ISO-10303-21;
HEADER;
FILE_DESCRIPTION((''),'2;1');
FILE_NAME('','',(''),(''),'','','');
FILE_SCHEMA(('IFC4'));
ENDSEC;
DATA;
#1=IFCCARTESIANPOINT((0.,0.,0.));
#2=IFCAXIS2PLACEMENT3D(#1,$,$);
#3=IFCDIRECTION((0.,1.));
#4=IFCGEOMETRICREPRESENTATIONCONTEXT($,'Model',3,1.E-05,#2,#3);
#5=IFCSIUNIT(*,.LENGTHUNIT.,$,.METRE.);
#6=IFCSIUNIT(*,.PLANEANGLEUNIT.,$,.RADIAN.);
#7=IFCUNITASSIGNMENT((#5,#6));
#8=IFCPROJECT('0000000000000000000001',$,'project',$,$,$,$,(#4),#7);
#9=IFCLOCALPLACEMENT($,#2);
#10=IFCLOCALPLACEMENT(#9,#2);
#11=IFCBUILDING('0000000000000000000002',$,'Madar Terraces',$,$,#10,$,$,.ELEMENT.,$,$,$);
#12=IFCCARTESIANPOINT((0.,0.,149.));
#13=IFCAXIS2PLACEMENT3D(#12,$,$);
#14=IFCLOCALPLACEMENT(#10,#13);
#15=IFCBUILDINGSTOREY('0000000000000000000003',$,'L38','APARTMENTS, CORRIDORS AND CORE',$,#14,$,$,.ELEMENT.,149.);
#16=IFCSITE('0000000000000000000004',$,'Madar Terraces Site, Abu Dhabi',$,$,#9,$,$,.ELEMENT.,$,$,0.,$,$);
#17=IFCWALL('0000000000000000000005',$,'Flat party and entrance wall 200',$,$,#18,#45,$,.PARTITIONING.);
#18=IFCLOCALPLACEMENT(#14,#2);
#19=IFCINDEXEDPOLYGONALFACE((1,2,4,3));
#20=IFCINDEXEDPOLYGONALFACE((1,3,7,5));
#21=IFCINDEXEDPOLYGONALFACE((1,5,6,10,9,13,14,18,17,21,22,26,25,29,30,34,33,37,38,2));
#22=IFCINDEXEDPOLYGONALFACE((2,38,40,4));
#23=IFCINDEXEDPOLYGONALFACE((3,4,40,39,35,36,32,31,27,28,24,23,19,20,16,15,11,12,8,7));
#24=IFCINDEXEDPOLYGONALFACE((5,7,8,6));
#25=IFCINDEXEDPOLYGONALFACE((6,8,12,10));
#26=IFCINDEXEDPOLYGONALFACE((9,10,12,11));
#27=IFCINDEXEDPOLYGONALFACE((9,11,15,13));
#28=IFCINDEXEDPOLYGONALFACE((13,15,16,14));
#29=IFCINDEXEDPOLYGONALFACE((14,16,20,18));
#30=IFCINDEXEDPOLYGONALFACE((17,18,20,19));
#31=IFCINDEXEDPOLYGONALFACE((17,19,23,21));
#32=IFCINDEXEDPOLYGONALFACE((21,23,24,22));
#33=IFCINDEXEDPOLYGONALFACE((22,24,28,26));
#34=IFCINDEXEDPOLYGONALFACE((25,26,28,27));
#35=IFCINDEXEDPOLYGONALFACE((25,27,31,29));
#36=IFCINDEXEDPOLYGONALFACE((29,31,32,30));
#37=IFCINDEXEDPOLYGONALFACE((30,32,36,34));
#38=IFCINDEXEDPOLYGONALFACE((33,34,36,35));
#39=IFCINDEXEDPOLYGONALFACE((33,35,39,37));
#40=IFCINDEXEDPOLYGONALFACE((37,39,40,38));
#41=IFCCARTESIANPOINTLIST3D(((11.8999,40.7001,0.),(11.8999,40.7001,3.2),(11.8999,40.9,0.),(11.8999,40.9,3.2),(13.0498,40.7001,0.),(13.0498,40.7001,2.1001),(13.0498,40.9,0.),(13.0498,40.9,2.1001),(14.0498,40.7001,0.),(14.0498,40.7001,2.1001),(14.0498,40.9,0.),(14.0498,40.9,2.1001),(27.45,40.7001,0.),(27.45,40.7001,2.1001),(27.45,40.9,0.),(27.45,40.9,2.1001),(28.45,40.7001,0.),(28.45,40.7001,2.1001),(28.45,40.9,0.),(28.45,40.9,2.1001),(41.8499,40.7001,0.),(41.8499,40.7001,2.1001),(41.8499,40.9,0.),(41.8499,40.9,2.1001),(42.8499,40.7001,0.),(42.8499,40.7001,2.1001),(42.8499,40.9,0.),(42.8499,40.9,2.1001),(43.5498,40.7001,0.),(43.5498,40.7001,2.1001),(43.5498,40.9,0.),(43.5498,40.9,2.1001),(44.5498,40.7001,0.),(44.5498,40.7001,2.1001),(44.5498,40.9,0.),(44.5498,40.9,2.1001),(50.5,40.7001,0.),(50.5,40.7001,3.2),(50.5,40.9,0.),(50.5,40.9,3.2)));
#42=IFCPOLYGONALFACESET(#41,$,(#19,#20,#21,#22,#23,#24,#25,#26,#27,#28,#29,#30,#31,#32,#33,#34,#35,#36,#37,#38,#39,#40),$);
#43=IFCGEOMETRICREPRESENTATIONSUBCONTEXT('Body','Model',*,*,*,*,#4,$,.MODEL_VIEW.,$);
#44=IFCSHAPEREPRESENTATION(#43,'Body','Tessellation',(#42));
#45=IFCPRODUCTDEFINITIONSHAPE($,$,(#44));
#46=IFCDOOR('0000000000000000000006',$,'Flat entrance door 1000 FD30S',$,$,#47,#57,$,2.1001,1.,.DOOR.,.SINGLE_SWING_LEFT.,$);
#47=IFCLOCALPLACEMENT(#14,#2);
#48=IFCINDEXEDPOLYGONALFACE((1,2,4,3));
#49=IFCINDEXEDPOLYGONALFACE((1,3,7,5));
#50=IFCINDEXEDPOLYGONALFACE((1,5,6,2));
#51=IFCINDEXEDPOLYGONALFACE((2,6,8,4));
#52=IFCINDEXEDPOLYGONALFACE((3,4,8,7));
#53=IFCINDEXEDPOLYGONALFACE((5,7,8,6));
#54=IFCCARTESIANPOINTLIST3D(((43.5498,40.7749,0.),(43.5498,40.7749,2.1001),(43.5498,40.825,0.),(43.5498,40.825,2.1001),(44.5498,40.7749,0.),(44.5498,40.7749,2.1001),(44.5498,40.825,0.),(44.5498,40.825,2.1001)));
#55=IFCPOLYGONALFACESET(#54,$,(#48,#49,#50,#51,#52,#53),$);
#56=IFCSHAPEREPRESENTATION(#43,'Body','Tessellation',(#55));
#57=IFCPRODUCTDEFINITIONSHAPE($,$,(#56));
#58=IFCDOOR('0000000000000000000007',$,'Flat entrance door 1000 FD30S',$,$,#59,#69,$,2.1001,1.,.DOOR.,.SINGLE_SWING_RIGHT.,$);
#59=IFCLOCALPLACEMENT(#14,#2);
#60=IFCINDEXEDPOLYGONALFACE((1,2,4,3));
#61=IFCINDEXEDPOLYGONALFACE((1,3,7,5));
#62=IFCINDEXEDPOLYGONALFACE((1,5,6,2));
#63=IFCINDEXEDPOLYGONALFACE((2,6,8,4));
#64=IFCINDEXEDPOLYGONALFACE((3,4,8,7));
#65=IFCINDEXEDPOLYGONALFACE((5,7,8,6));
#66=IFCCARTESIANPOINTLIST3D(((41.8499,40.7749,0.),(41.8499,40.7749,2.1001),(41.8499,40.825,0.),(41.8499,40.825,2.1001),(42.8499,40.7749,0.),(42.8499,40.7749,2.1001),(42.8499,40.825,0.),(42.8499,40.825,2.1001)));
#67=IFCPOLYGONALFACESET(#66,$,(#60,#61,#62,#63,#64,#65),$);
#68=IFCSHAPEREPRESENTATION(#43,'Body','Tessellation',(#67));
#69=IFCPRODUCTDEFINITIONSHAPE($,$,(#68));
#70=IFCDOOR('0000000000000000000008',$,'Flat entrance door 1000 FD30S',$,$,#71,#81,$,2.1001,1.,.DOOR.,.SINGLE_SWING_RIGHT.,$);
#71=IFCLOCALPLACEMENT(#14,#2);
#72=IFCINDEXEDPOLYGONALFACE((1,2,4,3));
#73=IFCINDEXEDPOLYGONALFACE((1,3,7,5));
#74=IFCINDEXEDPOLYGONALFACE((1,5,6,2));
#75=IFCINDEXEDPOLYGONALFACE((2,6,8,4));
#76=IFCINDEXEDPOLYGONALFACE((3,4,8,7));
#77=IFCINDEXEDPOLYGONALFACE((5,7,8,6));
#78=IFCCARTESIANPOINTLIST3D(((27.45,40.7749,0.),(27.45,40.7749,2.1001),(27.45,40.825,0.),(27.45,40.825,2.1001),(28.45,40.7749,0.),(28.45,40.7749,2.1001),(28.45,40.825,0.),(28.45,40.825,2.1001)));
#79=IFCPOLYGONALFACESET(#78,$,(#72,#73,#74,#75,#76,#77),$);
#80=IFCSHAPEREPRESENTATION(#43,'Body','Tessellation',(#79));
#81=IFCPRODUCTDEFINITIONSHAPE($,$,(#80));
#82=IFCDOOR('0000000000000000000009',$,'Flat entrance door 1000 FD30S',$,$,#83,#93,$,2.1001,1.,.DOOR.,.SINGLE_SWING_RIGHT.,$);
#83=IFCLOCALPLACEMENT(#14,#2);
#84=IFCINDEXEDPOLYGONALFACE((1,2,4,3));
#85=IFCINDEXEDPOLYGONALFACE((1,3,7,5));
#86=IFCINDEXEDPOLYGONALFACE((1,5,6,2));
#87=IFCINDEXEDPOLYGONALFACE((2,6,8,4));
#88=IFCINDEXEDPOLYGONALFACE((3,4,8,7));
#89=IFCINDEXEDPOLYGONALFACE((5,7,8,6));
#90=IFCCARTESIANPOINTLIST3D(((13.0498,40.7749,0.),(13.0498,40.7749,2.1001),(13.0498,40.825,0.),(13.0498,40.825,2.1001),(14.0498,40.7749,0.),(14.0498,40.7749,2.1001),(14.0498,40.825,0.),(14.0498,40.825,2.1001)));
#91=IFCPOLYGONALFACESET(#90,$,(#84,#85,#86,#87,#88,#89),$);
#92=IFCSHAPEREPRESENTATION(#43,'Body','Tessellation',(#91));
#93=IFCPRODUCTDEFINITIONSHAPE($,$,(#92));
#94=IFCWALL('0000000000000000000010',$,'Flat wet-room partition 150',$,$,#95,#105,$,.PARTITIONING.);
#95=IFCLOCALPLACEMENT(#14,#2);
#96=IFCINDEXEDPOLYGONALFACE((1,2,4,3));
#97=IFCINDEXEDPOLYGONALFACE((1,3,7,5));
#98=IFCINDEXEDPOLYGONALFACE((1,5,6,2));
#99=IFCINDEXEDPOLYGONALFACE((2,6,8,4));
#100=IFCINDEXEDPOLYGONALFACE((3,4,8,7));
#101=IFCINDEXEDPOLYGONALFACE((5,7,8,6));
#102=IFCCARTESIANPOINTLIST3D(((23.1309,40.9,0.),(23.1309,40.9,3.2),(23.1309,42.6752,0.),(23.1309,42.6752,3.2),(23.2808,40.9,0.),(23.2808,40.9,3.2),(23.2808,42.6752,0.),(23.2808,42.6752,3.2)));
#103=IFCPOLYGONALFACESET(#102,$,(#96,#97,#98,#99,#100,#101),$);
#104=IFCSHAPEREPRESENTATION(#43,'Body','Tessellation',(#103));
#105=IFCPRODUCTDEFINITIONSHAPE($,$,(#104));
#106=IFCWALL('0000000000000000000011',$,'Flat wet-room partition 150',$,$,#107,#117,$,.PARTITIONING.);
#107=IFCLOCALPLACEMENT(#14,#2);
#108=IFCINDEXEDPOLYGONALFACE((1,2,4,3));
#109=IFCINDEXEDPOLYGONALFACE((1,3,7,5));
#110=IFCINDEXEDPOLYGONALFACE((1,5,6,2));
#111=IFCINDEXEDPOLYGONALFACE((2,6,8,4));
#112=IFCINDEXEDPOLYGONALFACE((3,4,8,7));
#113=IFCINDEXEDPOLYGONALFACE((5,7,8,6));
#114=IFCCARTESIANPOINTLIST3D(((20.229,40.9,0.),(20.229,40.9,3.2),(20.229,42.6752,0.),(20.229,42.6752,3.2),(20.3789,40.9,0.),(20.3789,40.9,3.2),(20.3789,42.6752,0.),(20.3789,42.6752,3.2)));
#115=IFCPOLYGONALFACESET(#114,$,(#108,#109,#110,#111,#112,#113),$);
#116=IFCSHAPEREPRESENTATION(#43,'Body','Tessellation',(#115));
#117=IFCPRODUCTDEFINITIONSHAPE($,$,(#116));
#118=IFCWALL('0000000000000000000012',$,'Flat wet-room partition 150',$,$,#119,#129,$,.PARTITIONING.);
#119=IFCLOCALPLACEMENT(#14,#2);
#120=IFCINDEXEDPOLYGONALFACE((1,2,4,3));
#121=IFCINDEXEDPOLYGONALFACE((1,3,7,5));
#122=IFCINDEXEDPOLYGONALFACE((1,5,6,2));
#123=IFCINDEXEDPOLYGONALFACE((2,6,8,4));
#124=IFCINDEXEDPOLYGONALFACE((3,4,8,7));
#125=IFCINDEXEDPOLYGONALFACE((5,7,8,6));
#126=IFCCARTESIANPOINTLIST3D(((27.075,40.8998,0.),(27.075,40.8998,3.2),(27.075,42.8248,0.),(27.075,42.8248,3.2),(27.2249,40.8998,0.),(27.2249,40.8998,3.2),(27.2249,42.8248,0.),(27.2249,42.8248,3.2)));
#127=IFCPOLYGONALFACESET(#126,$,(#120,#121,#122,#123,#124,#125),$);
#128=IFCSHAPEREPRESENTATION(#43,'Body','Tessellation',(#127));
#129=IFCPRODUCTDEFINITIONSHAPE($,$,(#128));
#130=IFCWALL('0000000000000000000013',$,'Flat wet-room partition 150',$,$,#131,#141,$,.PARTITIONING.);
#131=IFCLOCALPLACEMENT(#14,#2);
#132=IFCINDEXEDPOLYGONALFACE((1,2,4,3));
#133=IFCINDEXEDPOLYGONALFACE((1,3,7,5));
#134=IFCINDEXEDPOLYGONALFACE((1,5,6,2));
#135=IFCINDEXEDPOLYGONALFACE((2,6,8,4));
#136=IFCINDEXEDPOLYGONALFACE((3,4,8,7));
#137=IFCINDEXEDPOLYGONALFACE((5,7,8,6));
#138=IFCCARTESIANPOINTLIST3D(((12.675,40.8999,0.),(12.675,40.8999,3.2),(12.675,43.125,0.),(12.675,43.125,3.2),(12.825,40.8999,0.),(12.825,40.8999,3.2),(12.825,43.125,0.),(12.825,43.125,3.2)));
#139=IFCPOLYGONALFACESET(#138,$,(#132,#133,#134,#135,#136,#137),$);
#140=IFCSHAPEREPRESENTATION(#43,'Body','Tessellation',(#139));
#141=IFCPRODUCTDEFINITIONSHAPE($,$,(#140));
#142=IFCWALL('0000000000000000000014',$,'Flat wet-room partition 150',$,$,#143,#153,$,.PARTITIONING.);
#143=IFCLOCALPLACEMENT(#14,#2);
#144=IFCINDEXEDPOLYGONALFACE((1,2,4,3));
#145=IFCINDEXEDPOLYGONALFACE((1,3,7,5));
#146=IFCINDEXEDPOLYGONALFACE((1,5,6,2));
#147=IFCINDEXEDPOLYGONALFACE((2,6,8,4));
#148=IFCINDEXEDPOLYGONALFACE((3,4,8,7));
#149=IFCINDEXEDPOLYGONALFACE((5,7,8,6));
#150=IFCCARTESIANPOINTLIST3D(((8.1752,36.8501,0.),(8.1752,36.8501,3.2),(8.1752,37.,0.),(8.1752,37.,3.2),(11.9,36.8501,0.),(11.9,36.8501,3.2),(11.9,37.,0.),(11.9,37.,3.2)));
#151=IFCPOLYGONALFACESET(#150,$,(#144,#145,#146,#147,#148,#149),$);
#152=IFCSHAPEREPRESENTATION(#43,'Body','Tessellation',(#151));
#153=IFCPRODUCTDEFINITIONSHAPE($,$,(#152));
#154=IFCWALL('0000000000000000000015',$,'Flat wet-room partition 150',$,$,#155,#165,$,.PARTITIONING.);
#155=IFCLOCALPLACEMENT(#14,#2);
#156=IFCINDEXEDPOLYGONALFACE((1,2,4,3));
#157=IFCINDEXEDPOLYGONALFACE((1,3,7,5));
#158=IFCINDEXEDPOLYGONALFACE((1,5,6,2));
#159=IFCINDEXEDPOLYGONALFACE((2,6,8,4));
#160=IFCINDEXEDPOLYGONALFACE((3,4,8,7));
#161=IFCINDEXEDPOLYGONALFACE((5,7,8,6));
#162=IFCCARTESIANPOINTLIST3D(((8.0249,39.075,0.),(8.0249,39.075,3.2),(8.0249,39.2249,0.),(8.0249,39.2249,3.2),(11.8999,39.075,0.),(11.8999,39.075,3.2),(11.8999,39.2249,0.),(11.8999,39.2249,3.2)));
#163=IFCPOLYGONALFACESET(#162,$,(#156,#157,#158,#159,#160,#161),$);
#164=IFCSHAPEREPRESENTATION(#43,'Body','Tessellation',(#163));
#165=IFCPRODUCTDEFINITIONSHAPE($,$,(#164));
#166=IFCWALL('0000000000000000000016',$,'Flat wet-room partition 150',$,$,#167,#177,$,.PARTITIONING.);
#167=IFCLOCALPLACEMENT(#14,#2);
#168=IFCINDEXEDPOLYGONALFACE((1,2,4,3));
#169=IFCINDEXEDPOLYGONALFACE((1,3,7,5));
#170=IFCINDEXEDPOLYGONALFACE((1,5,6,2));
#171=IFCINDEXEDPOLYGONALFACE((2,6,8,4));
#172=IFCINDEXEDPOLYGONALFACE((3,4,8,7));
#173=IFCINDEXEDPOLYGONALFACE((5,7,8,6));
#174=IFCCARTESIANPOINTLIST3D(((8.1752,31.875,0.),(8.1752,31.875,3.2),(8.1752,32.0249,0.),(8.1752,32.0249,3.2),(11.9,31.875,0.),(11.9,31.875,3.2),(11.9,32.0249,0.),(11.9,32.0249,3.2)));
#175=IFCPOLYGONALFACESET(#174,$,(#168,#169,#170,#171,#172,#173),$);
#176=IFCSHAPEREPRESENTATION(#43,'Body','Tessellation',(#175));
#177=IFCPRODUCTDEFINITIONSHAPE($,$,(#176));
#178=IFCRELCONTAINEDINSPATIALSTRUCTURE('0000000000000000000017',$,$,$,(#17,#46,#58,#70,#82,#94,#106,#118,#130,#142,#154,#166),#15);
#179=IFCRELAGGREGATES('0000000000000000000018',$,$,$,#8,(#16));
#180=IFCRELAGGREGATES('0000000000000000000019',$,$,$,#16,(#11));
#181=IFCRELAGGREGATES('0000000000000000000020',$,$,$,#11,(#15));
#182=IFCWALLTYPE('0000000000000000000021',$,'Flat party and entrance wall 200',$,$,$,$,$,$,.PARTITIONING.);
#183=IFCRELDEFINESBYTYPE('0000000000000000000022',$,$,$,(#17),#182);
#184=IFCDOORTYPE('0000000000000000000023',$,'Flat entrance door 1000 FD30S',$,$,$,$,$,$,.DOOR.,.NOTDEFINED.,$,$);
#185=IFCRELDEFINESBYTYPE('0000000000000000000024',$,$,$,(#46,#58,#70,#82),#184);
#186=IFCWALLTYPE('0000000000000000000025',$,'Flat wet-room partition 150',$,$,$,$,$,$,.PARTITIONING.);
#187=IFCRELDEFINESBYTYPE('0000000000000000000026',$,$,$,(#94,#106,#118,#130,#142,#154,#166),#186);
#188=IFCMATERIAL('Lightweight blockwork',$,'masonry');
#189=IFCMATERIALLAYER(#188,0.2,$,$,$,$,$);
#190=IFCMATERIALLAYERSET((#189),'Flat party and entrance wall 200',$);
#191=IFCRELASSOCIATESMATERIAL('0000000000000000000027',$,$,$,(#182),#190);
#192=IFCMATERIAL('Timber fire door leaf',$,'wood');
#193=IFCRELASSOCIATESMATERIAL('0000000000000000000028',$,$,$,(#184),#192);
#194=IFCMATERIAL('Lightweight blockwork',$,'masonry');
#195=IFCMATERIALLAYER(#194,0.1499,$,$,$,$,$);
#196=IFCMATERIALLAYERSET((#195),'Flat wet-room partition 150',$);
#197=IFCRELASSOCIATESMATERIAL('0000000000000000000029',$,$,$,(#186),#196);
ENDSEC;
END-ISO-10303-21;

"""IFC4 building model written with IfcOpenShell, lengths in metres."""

from ifc_helpers import new_model, si_unit, direction, frame, frame_2d, origin, place, context, subcontext, project, spatial, rectangle, extrude, material, layer, layer_set, type_object, element, fill, save


model = new_model("IFC4")

# Units and contexts
model_context = context("Model", 3, precision=1e-05, world=origin(), true_north=direction((0.0, 1.0)))
body_context = subcontext(model_context, "Body", "Model", "MODEL_VIEW")
ifc_project = project(units=[si_unit("LENGTHUNIT", "METRE"), si_unit("PLANEANGLEUNIT", "RADIAN")], contexts=[model_context])

# Site, building, storey
site_placement = place(None, origin())
site = spatial("IfcSite", under=ifc_project, at=site_placement, Name="Madar Terraces Site, Abu Dhabi", CompositionType="ELEMENT", RefElevation=0.0)
building_placement = place(site_placement, origin())
building = spatial("IfcBuilding", under=site, at=building_placement, Name="Madar Terraces", CompositionType="ELEMENT")
storey_placement = place(building_placement, frame((0.0, 0.0, 149.0)))
storey = spatial("IfcBuildingStorey", under=building, at=storey_placement, Name="L38", Description="APARTMENTS, CORRIDORS AND CORE", CompositionType="ELEMENT", Elevation=149.0)

# Wall, openings, doors
ifc_material_1 = material(Name="Lightweight blockwork", Category="masonry")
ifc_layer_1 = layer(ifc_material_1, 0.2)
ifc_layer_set_1 = layer_set([ifc_layer_1], Name="Flat party and entrance wall 200")
wall_type_1 = type_object("IfcWallType", Name="Flat party and entrance wall 200", PredefinedType="PARTITIONING", material=ifc_layer_set_1)
wall_1_placement = place(storey_placement, frame((11.8999, 40.8, 0.0), z_axis=(0.0, 0.0, 1.0), x_axis=(1.0, 0.0, 0.0)))
wall_1 = element("IfcWall", 1, at=wall_1_placement, inside=storey, type_object=wall_type_1, Name="Flat party and entrance wall 200", PredefinedType="PARTITIONING", context=body_context, shape_type="SweptSolid", body=[
    extrude(rectangle(XDim=38.6001, YDim=0.2, at=frame_2d((19.3, 0.0))), origin(), (0.0, 0.0, 1.0), 3.2),
])
opening_1_placement = place(wall_1_placement, frame((31.6499, 0.0, 0.0)))
opening_1 = element("IfcOpeningElement", 2, at=opening_1_placement, cuts=wall_1, PredefinedType="OPENING", context=body_context, shape_type="SweptSolid", body=[
    extrude(rectangle(XDim=1.0, YDim=2.1001, at=frame_2d((0.5, 1.05))), frame((0.0, 0.1099, 0.0), z_axis=(0.0, -1.0, 0.0), x_axis=(1.0, 0.0, 0.0)), (0.0, 0.0, 1.0), 0.22),
])
opening_2_placement = place(wall_1_placement, frame((29.95, 0.0, 0.0)))
opening_2 = element("IfcOpeningElement", 3, at=opening_2_placement, cuts=wall_1, PredefinedType="OPENING", context=body_context, shape_type="SweptSolid", body=[
    extrude(rectangle(XDim=1.0, YDim=2.1001, at=frame_2d((0.5, 1.05))), frame((0.0, 0.1099, 0.0), z_axis=(0.0, -1.0, 0.0), x_axis=(1.0, 0.0, 0.0)), (0.0, 0.0, 1.0), 0.22),
])
opening_3_placement = place(wall_1_placement, frame((15.55, 0.0, 0.0)))
opening_3 = element("IfcOpeningElement", 4, at=opening_3_placement, cuts=wall_1, PredefinedType="OPENING", context=body_context, shape_type="SweptSolid", body=[
    extrude(rectangle(XDim=1.0, YDim=2.1001, at=frame_2d((0.5, 1.05))), frame((0.0, 0.1099, 0.0), z_axis=(0.0, -1.0, 0.0), x_axis=(1.0, 0.0, 0.0)), (0.0, 0.0, 1.0), 0.22),
])
opening_4_placement = place(wall_1_placement, frame((1.1499, 0.0, 0.0)))
opening_4 = element("IfcOpeningElement", 5, at=opening_4_placement, cuts=wall_1, PredefinedType="OPENING", context=body_context, shape_type="SweptSolid", body=[
    extrude(rectangle(XDim=1.0, YDim=2.1001, at=frame_2d((0.5, 1.05))), frame((0.0, 0.1099, 0.0), z_axis=(0.0, -1.0, 0.0), x_axis=(1.0, 0.0, 0.0)), (0.0, 0.0, 1.0), 0.22),
])
ifc_material_2 = material(Name="Timber fire door leaf", Category="wood")
door_type_1 = type_object("IfcDoorType", Name="Flat entrance door 1000 FD30S", OperationType="NOTDEFINED", PredefinedType="DOOR", material=ifc_material_2)
door_1_placement = place(opening_1_placement, origin())
door_1 = element("IfcDoor", 6, at=door_1_placement, inside=storey, type_object=door_type_1, Name="Flat entrance door 1000 FD30S", OperationType="SINGLE_SWING_LEFT", OverallHeight=2.1001, OverallWidth=1.0, PredefinedType="DOOR", context=body_context, shape_type="SweptSolid", body=[
    extrude(rectangle(XDim=1.0, YDim=2.1001, at=frame_2d((0.5, 1.05))), frame((0.0, 0.0249, 0.0), z_axis=(0.0, -1.0, 0.0), x_axis=(1.0, 0.0, 0.0)), (0.0, 0.0, 1.0), 0.05),
])
fill(opening_1, door_1)
door_2_placement = place(opening_2_placement, origin())
door_2 = element("IfcDoor", 7, at=door_2_placement, inside=storey, type_object=door_type_1, Name="Flat entrance door 1000 FD30S", OperationType="SINGLE_SWING_RIGHT", OverallHeight=2.1001, OverallWidth=1.0, PredefinedType="DOOR", context=body_context, shape_type="SweptSolid", body=[
    extrude(rectangle(XDim=1.0, YDim=2.1001, at=frame_2d((0.5, 1.05))), frame((0.0, 0.0249, 0.0), z_axis=(0.0, -1.0, 0.0), x_axis=(1.0, 0.0, 0.0)), (0.0, 0.0, 1.0), 0.05),
])
fill(opening_2, door_2)
door_3_placement = place(opening_3_placement, origin())
door_3 = element("IfcDoor", 8, at=door_3_placement, inside=storey, type_object=door_type_1, Name="Flat entrance door 1000 FD30S", OperationType="SINGLE_SWING_RIGHT", OverallHeight=2.1001, OverallWidth=1.0, PredefinedType="DOOR", context=body_context, shape_type="SweptSolid", body=[
    extrude(rectangle(XDim=1.0, YDim=2.1001, at=frame_2d((0.5, 1.05))), frame((0.0, 0.0249, 0.0), z_axis=(0.0, -1.0, 0.0), x_axis=(1.0, 0.0, 0.0)), (0.0, 0.0, 1.0), 0.05),
])
fill(opening_3, door_3)
door_4_placement = place(opening_4_placement, origin())
door_4 = element("IfcDoor", 9, at=door_4_placement, inside=storey, type_object=door_type_1, Name="Flat entrance door 1000 FD30S", OperationType="SINGLE_SWING_RIGHT", OverallHeight=2.1001, OverallWidth=1.0, PredefinedType="DOOR", context=body_context, shape_type="SweptSolid", body=[
    extrude(rectangle(XDim=1.0, YDim=2.1001, at=frame_2d((0.5, 1.05))), frame((0.0, 0.0249, 0.0), z_axis=(0.0, -1.0, 0.0), x_axis=(1.0, 0.0, 0.0)), (0.0, 0.0, 1.0), 0.05),
])
fill(opening_4, door_4)

# Walls
ifc_material_3 = material(Name="Lightweight blockwork", Category="masonry")
ifc_layer_2 = layer(ifc_material_3, 0.1499)
ifc_layer_set_2 = layer_set([ifc_layer_2], Name="Flat wet-room partition 150")
wall_type_2 = type_object("IfcWallType", Name="Flat wet-room partition 150", PredefinedType="PARTITIONING", material=ifc_layer_set_2)
for number, where, z_axis, x_axis, name in (
    (10, (23.2058, 40.8999, 0.0), (0.0, 0.0, 1.0), (0.0, 1.0, 0.0), "Flat wet-room partition 150"),
    (11, (20.304, 40.8999, 0.0), (0.0, 0.0, 1.0), (0.0, 1.0, 0.0), "Flat wet-room partition 150"),
):
    element("IfcWall", number, at=place(storey_placement, frame(where, z_axis=z_axis, x_axis=x_axis)), inside=storey, type_object=wall_type_2, Name=name, PredefinedType="PARTITIONING", context=body_context, shape_type="SweptSolid", body=[
        extrude(rectangle(XDim=1.7751, YDim=0.1499, at=frame_2d((0.8877, 0.0))), origin(), (0.0, 0.0, 1.0), 3.2),
    ])
wall_2_placement = place(storey_placement, frame((27.1499, 40.8999, 0.0), z_axis=(0.0, 0.0, 1.0), x_axis=(0.0, 1.0, 0.0)))
element("IfcWall", 12, at=wall_2_placement, inside=storey, type_object=wall_type_2, Name="Flat wet-room partition 150", PredefinedType="PARTITIONING", context=body_context, shape_type="SweptSolid", body=[
    extrude(rectangle(XDim=1.925, YDim=0.1499, at=frame_2d((0.9624, 0.0))), origin(), (0.0, 0.0, 1.0), 3.2),
])
wall_3_placement = place(storey_placement, frame((12.75, 40.8999, 0.0), z_axis=(0.0, 0.0, 1.0), x_axis=(0.0, 1.0, 0.0)))
element("IfcWall", 13, at=wall_3_placement, inside=storey, type_object=wall_type_2, Name="Flat wet-room partition 150", PredefinedType="PARTITIONING", context=body_context, shape_type="SweptSolid", body=[
    extrude(rectangle(XDim=2.2251, YDim=0.1499, at=frame_2d((1.1125, 0.0))), origin(), (0.0, 0.0, 1.0), 3.2),
])
wall_4_placement = place(storey_placement, frame((11.8999, 36.925, 0.0), z_axis=(0.0, 0.0, 1.0), x_axis=(-1.0, 0.0, 0.0)))
element("IfcWall", 14, at=wall_4_placement, inside=storey, type_object=wall_type_2, Name="Flat wet-room partition 150", PredefinedType="PARTITIONING", context=body_context, shape_type="SweptSolid", body=[
    extrude(rectangle(XDim=3.7249, YDim=0.1499, at=frame_2d((1.8623, 0.0))), origin(), (0.0, 0.0, 1.0), 3.2),
])
wall_5_placement = place(storey_placement, frame((11.8999, 39.1499, 0.0), z_axis=(0.0, 0.0, 1.0), x_axis=(-1.0, 0.0, 0.0)))
element("IfcWall", 15, at=wall_5_placement, inside=storey, type_object=wall_type_2, Name="Flat wet-room partition 150", PredefinedType="PARTITIONING", context=body_context, shape_type="SweptSolid", body=[
    extrude(rectangle(XDim=3.875, YDim=0.1499, at=frame_2d((1.9375, 0.0))), origin(), (0.0, 0.0, 1.0), 3.2),
])
wall_6_placement = place(storey_placement, frame((11.8999, 31.95, 0.0), z_axis=(0.0, 0.0, 1.0), x_axis=(-1.0, 0.0, 0.0)))
element("IfcWall", 16, at=wall_6_placement, inside=storey, type_object=wall_type_2, Name="Flat wet-room partition 150", PredefinedType="PARTITIONING", context=body_context, shape_type="SweptSolid", body=[
    extrude(rectangle(XDim=3.7249, YDim=0.1499, at=frame_2d((1.8623, 0.0))), origin(), (0.0, 0.0, 1.0), 3.2),
])

save(model, "model.ifc")
